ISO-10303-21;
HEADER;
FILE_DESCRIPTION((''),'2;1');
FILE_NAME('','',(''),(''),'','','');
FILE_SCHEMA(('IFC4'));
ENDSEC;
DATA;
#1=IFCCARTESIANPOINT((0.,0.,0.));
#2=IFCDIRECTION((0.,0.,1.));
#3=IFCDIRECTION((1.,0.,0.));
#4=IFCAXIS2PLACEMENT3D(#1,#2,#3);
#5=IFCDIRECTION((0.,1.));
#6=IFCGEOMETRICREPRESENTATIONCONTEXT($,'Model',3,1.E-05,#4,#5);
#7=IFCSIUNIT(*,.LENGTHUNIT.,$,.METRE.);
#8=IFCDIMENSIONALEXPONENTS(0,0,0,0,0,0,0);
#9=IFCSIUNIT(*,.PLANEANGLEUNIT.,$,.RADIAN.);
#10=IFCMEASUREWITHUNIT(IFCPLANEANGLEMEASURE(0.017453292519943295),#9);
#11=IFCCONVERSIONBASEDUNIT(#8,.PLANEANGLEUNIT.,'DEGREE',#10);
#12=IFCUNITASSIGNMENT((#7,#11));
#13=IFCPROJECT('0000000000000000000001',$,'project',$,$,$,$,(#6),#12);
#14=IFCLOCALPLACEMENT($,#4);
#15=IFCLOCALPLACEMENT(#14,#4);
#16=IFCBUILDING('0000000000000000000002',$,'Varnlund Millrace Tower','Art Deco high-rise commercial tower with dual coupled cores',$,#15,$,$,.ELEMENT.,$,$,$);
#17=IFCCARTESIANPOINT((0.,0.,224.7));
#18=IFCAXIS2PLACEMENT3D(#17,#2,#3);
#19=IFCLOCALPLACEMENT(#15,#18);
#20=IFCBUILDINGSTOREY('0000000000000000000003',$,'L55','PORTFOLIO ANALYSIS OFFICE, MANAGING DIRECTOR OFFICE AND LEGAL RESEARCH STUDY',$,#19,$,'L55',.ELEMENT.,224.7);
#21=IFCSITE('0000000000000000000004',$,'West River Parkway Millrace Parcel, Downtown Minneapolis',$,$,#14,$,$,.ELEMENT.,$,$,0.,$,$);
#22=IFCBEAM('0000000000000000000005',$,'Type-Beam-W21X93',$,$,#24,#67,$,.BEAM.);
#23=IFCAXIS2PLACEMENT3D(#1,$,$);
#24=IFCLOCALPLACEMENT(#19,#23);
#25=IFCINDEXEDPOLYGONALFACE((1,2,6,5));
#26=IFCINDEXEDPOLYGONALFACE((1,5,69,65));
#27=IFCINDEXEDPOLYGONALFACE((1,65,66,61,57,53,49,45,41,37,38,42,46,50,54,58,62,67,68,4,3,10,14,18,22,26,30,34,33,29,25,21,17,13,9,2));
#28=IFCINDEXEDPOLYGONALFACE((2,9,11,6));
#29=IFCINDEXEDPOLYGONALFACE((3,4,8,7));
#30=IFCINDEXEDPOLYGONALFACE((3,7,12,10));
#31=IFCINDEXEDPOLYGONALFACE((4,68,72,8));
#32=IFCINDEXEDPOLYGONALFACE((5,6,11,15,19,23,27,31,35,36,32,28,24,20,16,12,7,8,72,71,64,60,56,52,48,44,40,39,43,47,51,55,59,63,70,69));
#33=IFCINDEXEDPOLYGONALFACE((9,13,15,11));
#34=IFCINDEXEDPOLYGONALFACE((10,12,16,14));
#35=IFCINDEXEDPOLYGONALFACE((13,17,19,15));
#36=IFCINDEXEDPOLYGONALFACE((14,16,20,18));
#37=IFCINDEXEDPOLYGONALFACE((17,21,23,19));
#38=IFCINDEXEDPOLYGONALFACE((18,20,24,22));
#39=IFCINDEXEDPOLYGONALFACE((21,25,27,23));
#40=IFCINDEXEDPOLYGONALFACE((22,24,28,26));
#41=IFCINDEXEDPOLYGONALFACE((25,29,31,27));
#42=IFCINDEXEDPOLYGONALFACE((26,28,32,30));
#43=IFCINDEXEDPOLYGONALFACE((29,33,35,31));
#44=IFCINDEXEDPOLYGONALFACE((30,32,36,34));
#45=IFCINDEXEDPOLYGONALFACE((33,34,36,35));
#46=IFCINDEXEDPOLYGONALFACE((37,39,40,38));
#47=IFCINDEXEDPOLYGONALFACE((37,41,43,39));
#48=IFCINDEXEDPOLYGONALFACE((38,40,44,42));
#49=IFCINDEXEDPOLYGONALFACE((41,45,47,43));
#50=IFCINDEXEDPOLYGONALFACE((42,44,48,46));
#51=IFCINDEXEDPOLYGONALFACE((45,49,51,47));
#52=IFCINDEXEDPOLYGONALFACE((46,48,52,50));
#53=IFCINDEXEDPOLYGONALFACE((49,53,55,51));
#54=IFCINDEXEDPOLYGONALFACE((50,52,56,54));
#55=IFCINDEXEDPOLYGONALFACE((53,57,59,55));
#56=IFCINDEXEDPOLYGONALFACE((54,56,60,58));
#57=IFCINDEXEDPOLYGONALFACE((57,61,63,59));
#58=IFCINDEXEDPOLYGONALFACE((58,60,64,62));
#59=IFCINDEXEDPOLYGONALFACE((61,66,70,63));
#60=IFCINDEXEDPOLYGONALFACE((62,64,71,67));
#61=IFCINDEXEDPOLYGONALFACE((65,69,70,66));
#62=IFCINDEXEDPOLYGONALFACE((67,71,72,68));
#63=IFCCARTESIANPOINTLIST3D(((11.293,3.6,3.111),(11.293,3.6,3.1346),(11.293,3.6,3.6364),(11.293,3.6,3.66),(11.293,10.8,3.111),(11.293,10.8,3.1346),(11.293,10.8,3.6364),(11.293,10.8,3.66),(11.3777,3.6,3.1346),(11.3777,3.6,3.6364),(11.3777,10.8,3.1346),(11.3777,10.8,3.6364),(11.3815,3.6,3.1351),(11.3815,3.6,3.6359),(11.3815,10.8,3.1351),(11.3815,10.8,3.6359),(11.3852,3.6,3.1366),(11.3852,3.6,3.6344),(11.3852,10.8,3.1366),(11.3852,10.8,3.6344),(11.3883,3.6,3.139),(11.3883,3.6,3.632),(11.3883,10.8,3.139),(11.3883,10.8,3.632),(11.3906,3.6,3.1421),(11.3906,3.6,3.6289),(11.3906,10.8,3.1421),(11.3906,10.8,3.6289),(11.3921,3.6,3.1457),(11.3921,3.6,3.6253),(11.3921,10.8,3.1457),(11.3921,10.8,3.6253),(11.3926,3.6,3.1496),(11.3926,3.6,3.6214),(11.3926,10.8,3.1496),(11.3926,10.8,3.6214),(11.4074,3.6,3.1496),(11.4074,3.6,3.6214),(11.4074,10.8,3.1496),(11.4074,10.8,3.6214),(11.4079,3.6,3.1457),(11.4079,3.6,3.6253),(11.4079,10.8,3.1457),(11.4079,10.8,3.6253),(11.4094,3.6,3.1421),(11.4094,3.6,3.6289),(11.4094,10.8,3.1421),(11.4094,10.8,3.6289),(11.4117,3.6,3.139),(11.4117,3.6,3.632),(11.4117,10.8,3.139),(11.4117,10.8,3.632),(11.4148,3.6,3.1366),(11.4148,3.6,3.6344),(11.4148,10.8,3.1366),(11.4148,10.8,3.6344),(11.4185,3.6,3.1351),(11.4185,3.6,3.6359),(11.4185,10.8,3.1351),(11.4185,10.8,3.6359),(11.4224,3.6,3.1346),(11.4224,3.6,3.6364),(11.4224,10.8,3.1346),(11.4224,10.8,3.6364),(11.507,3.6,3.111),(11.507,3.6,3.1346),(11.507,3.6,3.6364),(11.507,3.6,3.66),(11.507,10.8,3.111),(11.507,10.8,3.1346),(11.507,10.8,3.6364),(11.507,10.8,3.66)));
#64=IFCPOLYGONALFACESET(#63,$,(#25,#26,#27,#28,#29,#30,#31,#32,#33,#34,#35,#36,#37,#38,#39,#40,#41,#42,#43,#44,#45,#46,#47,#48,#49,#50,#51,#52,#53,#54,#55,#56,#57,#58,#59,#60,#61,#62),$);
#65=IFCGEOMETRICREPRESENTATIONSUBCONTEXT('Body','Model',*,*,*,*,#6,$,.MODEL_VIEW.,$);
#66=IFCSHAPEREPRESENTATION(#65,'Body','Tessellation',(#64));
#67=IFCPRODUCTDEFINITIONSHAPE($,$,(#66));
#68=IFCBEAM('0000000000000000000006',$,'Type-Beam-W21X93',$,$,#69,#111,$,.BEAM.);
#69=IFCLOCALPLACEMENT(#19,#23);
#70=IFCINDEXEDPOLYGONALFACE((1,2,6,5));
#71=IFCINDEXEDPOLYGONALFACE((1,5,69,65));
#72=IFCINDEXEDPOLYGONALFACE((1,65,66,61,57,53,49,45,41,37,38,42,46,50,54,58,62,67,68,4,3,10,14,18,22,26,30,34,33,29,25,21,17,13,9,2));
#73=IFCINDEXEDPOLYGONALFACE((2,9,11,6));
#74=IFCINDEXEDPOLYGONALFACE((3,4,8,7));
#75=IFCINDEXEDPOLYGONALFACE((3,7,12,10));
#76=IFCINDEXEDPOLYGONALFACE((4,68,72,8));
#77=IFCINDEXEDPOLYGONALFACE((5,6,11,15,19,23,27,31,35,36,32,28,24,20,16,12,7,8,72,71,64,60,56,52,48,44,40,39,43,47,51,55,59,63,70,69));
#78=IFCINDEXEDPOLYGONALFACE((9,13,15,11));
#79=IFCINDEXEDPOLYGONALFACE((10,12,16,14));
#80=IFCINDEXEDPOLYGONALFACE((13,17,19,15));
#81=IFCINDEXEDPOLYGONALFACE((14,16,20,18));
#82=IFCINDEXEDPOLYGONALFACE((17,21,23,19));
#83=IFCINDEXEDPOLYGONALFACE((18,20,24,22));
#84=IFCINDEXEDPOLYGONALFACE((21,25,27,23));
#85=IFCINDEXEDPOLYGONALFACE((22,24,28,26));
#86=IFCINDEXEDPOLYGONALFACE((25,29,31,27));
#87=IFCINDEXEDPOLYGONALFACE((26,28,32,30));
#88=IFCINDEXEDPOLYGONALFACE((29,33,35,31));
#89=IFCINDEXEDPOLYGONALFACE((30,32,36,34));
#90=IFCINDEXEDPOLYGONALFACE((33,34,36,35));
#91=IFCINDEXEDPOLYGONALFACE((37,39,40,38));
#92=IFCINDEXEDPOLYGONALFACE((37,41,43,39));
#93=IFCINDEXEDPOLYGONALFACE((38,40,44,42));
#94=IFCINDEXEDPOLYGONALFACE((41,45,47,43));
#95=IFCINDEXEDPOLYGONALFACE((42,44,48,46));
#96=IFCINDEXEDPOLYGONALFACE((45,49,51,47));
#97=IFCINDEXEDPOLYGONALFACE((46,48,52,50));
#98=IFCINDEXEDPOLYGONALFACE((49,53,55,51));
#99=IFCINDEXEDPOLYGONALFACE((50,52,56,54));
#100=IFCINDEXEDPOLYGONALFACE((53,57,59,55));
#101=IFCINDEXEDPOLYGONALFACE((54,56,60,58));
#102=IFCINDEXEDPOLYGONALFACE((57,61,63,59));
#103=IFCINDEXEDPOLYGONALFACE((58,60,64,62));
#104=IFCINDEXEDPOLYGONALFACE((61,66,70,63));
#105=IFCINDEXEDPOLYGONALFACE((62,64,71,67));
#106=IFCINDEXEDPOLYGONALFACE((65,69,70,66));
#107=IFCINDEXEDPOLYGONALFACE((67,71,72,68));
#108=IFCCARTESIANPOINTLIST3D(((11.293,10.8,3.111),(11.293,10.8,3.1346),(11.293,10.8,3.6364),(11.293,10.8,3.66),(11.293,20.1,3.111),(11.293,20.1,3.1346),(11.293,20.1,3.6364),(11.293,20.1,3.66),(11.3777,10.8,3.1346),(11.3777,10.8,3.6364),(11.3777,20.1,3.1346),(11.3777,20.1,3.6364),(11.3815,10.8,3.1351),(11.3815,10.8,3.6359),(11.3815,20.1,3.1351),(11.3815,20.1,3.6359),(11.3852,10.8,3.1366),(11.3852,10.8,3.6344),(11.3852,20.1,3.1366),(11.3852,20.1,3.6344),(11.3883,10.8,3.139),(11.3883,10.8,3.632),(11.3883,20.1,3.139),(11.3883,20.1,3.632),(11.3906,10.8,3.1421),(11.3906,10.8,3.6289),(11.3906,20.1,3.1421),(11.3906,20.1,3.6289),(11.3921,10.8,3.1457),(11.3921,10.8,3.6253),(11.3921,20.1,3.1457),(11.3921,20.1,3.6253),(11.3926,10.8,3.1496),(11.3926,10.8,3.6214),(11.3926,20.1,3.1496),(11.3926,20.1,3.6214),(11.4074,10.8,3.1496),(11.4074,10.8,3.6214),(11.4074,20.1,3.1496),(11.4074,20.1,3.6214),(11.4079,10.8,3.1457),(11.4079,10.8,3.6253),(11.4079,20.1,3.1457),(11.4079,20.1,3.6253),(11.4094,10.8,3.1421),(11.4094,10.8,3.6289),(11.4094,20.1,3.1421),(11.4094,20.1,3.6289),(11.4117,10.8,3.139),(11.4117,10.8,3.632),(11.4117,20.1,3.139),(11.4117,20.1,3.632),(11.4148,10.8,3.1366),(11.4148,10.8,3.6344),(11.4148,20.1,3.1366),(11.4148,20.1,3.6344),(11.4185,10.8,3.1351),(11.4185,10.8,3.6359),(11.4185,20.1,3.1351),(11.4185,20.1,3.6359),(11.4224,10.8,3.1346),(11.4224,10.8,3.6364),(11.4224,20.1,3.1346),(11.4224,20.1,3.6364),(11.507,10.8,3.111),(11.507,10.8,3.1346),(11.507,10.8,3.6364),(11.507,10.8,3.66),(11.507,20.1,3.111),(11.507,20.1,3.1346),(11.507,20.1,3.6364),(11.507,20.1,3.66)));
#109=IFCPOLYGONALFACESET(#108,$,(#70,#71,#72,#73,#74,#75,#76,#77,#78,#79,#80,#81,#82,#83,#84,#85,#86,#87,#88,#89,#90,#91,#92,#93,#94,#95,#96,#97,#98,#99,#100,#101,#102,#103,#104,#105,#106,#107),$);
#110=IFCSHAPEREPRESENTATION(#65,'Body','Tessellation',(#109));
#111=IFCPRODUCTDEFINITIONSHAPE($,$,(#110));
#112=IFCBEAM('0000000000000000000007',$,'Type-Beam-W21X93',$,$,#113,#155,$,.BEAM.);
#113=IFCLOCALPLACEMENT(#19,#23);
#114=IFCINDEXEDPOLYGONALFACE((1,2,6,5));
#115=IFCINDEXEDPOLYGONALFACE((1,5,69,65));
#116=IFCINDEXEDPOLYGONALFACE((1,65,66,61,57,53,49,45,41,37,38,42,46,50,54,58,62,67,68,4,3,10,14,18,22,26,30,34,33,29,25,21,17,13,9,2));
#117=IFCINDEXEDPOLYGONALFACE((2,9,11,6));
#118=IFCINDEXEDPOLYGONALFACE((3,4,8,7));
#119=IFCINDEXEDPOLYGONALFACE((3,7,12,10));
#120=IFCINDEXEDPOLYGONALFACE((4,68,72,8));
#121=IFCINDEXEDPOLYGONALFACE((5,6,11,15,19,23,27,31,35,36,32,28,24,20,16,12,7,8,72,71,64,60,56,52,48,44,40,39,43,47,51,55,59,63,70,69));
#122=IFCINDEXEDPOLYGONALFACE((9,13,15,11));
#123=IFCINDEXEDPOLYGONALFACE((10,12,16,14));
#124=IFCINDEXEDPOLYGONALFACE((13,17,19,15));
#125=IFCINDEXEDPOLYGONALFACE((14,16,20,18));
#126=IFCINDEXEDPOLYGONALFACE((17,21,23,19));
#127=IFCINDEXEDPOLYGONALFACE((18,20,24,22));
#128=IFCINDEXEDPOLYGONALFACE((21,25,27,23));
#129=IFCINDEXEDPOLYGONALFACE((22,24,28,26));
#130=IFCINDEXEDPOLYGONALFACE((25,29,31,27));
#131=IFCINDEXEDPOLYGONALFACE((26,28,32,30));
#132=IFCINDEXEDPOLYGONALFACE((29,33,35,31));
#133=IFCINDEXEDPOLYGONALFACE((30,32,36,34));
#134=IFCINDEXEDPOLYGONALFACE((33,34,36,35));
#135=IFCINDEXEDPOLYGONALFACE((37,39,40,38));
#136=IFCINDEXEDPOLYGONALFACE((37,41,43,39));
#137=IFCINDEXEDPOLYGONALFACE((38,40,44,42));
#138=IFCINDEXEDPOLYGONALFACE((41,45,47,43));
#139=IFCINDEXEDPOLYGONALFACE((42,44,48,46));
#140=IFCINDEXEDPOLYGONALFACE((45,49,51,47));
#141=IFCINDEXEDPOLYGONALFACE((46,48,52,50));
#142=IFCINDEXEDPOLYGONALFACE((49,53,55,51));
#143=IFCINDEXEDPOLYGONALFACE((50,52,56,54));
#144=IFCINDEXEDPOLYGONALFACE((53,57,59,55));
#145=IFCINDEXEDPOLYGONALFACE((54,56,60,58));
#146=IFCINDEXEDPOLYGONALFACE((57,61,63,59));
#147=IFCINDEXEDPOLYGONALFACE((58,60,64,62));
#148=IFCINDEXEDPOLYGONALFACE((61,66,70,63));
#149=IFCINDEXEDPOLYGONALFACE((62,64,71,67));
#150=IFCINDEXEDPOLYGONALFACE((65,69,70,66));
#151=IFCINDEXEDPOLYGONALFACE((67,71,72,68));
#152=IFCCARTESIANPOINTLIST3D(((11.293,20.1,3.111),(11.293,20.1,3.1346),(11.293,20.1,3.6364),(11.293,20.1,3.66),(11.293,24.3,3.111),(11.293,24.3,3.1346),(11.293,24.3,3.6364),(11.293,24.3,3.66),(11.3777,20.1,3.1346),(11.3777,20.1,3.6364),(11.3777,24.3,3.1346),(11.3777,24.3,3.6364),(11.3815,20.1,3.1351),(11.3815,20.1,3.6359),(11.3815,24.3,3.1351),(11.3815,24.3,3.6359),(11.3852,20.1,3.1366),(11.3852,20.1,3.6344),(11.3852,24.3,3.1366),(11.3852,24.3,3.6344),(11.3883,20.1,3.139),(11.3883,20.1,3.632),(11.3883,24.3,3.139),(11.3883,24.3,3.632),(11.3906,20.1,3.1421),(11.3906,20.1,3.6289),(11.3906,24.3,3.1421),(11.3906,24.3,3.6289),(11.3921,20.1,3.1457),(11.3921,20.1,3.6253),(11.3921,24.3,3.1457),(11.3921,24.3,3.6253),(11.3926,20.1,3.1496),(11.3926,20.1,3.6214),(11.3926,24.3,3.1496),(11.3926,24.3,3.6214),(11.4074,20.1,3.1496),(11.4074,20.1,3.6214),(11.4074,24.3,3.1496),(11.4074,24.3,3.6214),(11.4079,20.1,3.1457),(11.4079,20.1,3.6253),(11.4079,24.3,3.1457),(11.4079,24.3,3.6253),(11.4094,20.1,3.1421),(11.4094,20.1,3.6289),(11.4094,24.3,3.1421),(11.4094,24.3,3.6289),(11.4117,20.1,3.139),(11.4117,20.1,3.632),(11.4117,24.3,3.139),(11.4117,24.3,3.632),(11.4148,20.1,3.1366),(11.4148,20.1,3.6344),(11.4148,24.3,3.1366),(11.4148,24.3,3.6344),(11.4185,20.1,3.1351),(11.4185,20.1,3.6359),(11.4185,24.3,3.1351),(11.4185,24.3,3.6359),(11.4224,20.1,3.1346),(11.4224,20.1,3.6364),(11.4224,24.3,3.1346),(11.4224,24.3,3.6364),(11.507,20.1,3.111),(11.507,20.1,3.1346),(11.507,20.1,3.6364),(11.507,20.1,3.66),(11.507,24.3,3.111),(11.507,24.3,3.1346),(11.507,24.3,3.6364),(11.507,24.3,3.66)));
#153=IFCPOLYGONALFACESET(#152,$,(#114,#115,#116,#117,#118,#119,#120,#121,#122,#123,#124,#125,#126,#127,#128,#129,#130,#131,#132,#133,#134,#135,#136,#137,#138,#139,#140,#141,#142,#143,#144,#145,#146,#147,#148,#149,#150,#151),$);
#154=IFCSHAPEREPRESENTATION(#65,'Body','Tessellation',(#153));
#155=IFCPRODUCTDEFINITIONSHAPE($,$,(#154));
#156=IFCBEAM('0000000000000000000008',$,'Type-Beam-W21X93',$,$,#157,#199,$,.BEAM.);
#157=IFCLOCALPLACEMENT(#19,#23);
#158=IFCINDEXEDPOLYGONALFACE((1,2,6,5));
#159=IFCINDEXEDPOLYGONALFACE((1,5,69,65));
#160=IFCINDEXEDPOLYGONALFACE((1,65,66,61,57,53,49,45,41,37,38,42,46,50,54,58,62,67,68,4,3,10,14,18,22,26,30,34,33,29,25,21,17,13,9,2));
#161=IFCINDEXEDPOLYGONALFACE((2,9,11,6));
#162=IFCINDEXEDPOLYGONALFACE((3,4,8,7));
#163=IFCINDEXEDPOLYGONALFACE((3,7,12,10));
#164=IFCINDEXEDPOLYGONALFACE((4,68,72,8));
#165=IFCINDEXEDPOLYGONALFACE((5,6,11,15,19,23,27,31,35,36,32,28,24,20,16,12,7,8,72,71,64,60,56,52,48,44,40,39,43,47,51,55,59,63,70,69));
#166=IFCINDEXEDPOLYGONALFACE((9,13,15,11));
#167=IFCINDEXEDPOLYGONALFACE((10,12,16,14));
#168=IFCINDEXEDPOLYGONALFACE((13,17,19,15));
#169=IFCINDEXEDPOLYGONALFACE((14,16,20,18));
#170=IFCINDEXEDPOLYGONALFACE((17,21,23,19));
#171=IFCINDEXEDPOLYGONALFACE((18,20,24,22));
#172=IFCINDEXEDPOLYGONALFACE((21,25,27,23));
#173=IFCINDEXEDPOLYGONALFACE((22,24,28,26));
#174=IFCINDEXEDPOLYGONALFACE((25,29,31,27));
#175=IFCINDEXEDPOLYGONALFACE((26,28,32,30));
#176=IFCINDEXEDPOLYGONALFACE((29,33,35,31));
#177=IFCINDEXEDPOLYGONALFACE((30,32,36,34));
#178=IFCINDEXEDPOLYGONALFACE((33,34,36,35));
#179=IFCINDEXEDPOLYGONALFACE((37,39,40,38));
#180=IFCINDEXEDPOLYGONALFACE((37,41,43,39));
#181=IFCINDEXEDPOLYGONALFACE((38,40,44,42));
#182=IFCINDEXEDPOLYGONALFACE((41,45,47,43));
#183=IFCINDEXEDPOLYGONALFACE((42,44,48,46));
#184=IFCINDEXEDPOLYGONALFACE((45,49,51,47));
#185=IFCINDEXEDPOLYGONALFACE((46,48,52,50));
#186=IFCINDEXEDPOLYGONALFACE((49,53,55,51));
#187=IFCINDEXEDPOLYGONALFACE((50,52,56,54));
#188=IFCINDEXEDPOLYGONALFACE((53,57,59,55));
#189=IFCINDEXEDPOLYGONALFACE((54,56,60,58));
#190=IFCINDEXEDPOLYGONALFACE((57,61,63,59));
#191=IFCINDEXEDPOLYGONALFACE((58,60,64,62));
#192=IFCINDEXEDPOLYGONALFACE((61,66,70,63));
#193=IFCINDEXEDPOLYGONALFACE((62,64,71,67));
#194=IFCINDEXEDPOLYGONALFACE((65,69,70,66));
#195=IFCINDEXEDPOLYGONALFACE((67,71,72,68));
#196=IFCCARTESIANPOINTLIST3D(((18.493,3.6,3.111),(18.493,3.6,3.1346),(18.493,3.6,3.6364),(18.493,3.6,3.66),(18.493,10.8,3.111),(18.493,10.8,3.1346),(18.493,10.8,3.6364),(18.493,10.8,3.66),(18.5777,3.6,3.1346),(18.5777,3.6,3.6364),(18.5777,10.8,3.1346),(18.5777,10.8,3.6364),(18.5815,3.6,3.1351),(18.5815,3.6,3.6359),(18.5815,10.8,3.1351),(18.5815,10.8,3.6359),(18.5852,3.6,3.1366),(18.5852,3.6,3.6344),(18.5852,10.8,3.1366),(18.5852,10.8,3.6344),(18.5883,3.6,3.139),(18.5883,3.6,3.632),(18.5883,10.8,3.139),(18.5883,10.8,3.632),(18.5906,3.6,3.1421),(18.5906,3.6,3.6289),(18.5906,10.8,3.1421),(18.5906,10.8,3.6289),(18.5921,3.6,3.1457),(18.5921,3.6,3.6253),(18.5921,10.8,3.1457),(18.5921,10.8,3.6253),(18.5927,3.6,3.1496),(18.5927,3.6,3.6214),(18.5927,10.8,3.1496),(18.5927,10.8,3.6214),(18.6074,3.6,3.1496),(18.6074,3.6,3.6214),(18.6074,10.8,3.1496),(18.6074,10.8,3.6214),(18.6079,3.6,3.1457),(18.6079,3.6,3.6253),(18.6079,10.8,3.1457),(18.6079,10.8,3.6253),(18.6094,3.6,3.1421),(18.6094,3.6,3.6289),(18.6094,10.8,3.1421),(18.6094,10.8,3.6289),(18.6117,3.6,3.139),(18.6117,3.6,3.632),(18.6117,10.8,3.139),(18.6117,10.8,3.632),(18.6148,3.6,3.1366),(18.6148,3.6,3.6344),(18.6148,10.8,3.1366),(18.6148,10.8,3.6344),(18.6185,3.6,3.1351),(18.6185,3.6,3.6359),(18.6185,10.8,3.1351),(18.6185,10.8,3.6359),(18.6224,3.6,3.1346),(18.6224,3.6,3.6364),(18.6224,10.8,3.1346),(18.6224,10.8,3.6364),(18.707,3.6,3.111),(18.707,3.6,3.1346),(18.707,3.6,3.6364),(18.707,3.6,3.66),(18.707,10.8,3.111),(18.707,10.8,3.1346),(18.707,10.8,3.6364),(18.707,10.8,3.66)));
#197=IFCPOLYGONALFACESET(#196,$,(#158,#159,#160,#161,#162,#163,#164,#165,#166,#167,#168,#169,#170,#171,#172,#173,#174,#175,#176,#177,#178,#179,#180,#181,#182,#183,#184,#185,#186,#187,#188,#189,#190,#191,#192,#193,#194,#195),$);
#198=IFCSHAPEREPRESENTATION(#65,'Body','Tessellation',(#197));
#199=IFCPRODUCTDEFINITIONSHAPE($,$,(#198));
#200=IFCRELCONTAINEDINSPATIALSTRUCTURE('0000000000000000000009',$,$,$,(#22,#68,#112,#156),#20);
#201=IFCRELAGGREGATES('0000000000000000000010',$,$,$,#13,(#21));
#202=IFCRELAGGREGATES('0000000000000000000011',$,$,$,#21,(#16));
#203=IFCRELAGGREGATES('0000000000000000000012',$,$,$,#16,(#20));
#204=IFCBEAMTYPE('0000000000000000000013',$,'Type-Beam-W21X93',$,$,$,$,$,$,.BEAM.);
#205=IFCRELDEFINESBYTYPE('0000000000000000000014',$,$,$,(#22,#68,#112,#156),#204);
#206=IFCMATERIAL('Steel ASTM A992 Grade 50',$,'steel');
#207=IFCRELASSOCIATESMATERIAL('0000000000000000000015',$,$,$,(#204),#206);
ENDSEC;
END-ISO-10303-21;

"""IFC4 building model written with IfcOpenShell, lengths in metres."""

from ifc_helpers import new_model, entity, si_unit, converted_unit, direction, frame, origin_with_axes, origin_2d_with_axis, place, context, subcontext, project, spatial, i_section, extrude, material, material_profile, profile_set, type_object, element, save


model = new_model("IFC4")

# Units and contexts
model_context = context("Model", 3, precision=1e-05, world=origin_with_axes(), true_north=direction((0.0, 1.0)))
body_context = subcontext(model_context, "Body", "Model", "MODEL_VIEW")
ifc_project = project(units=[si_unit("LENGTHUNIT", "METRE"), converted_unit("PLANEANGLEUNIT", "DEGREE", entity("IfcPlaneAngleMeasure", 0.017453292519943295), si_unit("PLANEANGLEUNIT", "RADIAN"), dimensions=[0, 0, 0, 0, 0, 0, 0])], contexts=[model_context])

# Site, building, storey
site_placement = place(None, origin_with_axes())
site = spatial("IfcSite", under=ifc_project, at=site_placement, Name="West River Parkway Millrace Parcel, Downtown Minneapolis", CompositionType="ELEMENT", RefElevation=0.0)
building_placement = place(site_placement, origin_with_axes())
building = spatial("IfcBuilding", under=site, at=building_placement, Name="Varnlund Millrace Tower", Description="Art Deco high-rise commercial tower with dual coupled cores", CompositionType="ELEMENT")
storey_placement = place(building_placement, frame((0.0, 0.0, 224.7), z_axis=(0.0, 0.0, 1.0), x_axis=(1.0, 0.0, 0.0)))
storey = spatial("IfcBuildingStorey", under=building, at=storey_placement, Name="L55", Description="PORTFOLIO ANALYSIS OFFICE, MANAGING DIRECTOR OFFICE AND LEGAL RESEARCH STUDY", LongName="L55", CompositionType="ELEMENT", Elevation=224.7)

# Beams
ifc_material_1 = material(Name="Steel ASTM A992 Grade 50", Category="steel")
ifc_material_profile_1 = material_profile(ifc_material_1, i_section(OverallWidth=0.214, OverallDepth=0.549, WebThickness=0.0147, FlangeThickness=0.0236, FilletRadius=0.015, at=origin_2d_with_axis()), Name="Steel ASTM A992 Grade 50")
ifc_profile_set_1 = profile_set([ifc_material_profile_1], Name="Steel ASTM A992 Grade 50")
beam_type_1 = type_object("IfcBeamType", Name="Type-Beam-W21X93", PredefinedType="BEAM", material=ifc_profile_set_1)
beam_1_placement = place(storey_placement, frame((11.4, 3.6, 3.3855), z_axis=(0.0, 1.0, 0.0), x_axis=(-1.0, 0.0, 0.0)))
element("IfcBeam", 1, at=beam_1_placement, inside=storey, type_object=beam_type_1, Name="Type-Beam-W21X93", PredefinedType="BEAM", context=body_context, shape_type="SweptSolid", body=[
    extrude(i_section(OverallWidth=0.214, OverallDepth=0.549, WebThickness=0.0147, FlangeThickness=0.0236, FilletRadius=0.015, at=origin_2d_with_axis()), origin_with_axes(), (0.0, 0.0, 1.0), 7.2),
])
beam_2_placement = place(storey_placement, frame((11.4, 10.8, 3.3855), z_axis=(0.0, 1.0, 0.0), x_axis=(-1.0, 0.0, 0.0)))
element("IfcBeam", 2, at=beam_2_placement, inside=storey, type_object=beam_type_1, Name="Type-Beam-W21X93", PredefinedType="BEAM", context=body_context, shape_type="SweptSolid", body=[
    extrude(i_section(OverallWidth=0.214, OverallDepth=0.549, WebThickness=0.0147, FlangeThickness=0.0236, FilletRadius=0.015, at=origin_2d_with_axis()), origin_with_axes(), (0.0, 0.0, 1.0), 9.3),
])
beam_3_placement = place(storey_placement, frame((11.4, 20.1, 3.3855), z_axis=(0.0, 1.0, 0.0), x_axis=(-1.0, 0.0, 0.0)))
element("IfcBeam", 3, at=beam_3_placement, inside=storey, type_object=beam_type_1, Name="Type-Beam-W21X93", PredefinedType="BEAM", context=body_context, shape_type="SweptSolid", body=[
    extrude(i_section(OverallWidth=0.214, OverallDepth=0.549, WebThickness=0.0147, FlangeThickness=0.0236, FilletRadius=0.015, at=origin_2d_with_axis()), origin_with_axes(), (0.0, 0.0, 1.0), 4.2),
])
beam_4_placement = place(storey_placement, frame((18.6, 3.6, 3.3855), z_axis=(0.0, 1.0, 0.0), x_axis=(-1.0, 0.0, 0.0)))
element("IfcBeam", 4, at=beam_4_placement, inside=storey, type_object=beam_type_1, Name="Type-Beam-W21X93", PredefinedType="BEAM", context=body_context, shape_type="SweptSolid", body=[
    extrude(i_section(OverallWidth=0.214, OverallDepth=0.549, WebThickness=0.0147, FlangeThickness=0.0236, FilletRadius=0.015, at=origin_2d_with_axis()), origin_with_axes(), (0.0, 0.0, 1.0), 7.2),
])

save(model, "model.ifc")
